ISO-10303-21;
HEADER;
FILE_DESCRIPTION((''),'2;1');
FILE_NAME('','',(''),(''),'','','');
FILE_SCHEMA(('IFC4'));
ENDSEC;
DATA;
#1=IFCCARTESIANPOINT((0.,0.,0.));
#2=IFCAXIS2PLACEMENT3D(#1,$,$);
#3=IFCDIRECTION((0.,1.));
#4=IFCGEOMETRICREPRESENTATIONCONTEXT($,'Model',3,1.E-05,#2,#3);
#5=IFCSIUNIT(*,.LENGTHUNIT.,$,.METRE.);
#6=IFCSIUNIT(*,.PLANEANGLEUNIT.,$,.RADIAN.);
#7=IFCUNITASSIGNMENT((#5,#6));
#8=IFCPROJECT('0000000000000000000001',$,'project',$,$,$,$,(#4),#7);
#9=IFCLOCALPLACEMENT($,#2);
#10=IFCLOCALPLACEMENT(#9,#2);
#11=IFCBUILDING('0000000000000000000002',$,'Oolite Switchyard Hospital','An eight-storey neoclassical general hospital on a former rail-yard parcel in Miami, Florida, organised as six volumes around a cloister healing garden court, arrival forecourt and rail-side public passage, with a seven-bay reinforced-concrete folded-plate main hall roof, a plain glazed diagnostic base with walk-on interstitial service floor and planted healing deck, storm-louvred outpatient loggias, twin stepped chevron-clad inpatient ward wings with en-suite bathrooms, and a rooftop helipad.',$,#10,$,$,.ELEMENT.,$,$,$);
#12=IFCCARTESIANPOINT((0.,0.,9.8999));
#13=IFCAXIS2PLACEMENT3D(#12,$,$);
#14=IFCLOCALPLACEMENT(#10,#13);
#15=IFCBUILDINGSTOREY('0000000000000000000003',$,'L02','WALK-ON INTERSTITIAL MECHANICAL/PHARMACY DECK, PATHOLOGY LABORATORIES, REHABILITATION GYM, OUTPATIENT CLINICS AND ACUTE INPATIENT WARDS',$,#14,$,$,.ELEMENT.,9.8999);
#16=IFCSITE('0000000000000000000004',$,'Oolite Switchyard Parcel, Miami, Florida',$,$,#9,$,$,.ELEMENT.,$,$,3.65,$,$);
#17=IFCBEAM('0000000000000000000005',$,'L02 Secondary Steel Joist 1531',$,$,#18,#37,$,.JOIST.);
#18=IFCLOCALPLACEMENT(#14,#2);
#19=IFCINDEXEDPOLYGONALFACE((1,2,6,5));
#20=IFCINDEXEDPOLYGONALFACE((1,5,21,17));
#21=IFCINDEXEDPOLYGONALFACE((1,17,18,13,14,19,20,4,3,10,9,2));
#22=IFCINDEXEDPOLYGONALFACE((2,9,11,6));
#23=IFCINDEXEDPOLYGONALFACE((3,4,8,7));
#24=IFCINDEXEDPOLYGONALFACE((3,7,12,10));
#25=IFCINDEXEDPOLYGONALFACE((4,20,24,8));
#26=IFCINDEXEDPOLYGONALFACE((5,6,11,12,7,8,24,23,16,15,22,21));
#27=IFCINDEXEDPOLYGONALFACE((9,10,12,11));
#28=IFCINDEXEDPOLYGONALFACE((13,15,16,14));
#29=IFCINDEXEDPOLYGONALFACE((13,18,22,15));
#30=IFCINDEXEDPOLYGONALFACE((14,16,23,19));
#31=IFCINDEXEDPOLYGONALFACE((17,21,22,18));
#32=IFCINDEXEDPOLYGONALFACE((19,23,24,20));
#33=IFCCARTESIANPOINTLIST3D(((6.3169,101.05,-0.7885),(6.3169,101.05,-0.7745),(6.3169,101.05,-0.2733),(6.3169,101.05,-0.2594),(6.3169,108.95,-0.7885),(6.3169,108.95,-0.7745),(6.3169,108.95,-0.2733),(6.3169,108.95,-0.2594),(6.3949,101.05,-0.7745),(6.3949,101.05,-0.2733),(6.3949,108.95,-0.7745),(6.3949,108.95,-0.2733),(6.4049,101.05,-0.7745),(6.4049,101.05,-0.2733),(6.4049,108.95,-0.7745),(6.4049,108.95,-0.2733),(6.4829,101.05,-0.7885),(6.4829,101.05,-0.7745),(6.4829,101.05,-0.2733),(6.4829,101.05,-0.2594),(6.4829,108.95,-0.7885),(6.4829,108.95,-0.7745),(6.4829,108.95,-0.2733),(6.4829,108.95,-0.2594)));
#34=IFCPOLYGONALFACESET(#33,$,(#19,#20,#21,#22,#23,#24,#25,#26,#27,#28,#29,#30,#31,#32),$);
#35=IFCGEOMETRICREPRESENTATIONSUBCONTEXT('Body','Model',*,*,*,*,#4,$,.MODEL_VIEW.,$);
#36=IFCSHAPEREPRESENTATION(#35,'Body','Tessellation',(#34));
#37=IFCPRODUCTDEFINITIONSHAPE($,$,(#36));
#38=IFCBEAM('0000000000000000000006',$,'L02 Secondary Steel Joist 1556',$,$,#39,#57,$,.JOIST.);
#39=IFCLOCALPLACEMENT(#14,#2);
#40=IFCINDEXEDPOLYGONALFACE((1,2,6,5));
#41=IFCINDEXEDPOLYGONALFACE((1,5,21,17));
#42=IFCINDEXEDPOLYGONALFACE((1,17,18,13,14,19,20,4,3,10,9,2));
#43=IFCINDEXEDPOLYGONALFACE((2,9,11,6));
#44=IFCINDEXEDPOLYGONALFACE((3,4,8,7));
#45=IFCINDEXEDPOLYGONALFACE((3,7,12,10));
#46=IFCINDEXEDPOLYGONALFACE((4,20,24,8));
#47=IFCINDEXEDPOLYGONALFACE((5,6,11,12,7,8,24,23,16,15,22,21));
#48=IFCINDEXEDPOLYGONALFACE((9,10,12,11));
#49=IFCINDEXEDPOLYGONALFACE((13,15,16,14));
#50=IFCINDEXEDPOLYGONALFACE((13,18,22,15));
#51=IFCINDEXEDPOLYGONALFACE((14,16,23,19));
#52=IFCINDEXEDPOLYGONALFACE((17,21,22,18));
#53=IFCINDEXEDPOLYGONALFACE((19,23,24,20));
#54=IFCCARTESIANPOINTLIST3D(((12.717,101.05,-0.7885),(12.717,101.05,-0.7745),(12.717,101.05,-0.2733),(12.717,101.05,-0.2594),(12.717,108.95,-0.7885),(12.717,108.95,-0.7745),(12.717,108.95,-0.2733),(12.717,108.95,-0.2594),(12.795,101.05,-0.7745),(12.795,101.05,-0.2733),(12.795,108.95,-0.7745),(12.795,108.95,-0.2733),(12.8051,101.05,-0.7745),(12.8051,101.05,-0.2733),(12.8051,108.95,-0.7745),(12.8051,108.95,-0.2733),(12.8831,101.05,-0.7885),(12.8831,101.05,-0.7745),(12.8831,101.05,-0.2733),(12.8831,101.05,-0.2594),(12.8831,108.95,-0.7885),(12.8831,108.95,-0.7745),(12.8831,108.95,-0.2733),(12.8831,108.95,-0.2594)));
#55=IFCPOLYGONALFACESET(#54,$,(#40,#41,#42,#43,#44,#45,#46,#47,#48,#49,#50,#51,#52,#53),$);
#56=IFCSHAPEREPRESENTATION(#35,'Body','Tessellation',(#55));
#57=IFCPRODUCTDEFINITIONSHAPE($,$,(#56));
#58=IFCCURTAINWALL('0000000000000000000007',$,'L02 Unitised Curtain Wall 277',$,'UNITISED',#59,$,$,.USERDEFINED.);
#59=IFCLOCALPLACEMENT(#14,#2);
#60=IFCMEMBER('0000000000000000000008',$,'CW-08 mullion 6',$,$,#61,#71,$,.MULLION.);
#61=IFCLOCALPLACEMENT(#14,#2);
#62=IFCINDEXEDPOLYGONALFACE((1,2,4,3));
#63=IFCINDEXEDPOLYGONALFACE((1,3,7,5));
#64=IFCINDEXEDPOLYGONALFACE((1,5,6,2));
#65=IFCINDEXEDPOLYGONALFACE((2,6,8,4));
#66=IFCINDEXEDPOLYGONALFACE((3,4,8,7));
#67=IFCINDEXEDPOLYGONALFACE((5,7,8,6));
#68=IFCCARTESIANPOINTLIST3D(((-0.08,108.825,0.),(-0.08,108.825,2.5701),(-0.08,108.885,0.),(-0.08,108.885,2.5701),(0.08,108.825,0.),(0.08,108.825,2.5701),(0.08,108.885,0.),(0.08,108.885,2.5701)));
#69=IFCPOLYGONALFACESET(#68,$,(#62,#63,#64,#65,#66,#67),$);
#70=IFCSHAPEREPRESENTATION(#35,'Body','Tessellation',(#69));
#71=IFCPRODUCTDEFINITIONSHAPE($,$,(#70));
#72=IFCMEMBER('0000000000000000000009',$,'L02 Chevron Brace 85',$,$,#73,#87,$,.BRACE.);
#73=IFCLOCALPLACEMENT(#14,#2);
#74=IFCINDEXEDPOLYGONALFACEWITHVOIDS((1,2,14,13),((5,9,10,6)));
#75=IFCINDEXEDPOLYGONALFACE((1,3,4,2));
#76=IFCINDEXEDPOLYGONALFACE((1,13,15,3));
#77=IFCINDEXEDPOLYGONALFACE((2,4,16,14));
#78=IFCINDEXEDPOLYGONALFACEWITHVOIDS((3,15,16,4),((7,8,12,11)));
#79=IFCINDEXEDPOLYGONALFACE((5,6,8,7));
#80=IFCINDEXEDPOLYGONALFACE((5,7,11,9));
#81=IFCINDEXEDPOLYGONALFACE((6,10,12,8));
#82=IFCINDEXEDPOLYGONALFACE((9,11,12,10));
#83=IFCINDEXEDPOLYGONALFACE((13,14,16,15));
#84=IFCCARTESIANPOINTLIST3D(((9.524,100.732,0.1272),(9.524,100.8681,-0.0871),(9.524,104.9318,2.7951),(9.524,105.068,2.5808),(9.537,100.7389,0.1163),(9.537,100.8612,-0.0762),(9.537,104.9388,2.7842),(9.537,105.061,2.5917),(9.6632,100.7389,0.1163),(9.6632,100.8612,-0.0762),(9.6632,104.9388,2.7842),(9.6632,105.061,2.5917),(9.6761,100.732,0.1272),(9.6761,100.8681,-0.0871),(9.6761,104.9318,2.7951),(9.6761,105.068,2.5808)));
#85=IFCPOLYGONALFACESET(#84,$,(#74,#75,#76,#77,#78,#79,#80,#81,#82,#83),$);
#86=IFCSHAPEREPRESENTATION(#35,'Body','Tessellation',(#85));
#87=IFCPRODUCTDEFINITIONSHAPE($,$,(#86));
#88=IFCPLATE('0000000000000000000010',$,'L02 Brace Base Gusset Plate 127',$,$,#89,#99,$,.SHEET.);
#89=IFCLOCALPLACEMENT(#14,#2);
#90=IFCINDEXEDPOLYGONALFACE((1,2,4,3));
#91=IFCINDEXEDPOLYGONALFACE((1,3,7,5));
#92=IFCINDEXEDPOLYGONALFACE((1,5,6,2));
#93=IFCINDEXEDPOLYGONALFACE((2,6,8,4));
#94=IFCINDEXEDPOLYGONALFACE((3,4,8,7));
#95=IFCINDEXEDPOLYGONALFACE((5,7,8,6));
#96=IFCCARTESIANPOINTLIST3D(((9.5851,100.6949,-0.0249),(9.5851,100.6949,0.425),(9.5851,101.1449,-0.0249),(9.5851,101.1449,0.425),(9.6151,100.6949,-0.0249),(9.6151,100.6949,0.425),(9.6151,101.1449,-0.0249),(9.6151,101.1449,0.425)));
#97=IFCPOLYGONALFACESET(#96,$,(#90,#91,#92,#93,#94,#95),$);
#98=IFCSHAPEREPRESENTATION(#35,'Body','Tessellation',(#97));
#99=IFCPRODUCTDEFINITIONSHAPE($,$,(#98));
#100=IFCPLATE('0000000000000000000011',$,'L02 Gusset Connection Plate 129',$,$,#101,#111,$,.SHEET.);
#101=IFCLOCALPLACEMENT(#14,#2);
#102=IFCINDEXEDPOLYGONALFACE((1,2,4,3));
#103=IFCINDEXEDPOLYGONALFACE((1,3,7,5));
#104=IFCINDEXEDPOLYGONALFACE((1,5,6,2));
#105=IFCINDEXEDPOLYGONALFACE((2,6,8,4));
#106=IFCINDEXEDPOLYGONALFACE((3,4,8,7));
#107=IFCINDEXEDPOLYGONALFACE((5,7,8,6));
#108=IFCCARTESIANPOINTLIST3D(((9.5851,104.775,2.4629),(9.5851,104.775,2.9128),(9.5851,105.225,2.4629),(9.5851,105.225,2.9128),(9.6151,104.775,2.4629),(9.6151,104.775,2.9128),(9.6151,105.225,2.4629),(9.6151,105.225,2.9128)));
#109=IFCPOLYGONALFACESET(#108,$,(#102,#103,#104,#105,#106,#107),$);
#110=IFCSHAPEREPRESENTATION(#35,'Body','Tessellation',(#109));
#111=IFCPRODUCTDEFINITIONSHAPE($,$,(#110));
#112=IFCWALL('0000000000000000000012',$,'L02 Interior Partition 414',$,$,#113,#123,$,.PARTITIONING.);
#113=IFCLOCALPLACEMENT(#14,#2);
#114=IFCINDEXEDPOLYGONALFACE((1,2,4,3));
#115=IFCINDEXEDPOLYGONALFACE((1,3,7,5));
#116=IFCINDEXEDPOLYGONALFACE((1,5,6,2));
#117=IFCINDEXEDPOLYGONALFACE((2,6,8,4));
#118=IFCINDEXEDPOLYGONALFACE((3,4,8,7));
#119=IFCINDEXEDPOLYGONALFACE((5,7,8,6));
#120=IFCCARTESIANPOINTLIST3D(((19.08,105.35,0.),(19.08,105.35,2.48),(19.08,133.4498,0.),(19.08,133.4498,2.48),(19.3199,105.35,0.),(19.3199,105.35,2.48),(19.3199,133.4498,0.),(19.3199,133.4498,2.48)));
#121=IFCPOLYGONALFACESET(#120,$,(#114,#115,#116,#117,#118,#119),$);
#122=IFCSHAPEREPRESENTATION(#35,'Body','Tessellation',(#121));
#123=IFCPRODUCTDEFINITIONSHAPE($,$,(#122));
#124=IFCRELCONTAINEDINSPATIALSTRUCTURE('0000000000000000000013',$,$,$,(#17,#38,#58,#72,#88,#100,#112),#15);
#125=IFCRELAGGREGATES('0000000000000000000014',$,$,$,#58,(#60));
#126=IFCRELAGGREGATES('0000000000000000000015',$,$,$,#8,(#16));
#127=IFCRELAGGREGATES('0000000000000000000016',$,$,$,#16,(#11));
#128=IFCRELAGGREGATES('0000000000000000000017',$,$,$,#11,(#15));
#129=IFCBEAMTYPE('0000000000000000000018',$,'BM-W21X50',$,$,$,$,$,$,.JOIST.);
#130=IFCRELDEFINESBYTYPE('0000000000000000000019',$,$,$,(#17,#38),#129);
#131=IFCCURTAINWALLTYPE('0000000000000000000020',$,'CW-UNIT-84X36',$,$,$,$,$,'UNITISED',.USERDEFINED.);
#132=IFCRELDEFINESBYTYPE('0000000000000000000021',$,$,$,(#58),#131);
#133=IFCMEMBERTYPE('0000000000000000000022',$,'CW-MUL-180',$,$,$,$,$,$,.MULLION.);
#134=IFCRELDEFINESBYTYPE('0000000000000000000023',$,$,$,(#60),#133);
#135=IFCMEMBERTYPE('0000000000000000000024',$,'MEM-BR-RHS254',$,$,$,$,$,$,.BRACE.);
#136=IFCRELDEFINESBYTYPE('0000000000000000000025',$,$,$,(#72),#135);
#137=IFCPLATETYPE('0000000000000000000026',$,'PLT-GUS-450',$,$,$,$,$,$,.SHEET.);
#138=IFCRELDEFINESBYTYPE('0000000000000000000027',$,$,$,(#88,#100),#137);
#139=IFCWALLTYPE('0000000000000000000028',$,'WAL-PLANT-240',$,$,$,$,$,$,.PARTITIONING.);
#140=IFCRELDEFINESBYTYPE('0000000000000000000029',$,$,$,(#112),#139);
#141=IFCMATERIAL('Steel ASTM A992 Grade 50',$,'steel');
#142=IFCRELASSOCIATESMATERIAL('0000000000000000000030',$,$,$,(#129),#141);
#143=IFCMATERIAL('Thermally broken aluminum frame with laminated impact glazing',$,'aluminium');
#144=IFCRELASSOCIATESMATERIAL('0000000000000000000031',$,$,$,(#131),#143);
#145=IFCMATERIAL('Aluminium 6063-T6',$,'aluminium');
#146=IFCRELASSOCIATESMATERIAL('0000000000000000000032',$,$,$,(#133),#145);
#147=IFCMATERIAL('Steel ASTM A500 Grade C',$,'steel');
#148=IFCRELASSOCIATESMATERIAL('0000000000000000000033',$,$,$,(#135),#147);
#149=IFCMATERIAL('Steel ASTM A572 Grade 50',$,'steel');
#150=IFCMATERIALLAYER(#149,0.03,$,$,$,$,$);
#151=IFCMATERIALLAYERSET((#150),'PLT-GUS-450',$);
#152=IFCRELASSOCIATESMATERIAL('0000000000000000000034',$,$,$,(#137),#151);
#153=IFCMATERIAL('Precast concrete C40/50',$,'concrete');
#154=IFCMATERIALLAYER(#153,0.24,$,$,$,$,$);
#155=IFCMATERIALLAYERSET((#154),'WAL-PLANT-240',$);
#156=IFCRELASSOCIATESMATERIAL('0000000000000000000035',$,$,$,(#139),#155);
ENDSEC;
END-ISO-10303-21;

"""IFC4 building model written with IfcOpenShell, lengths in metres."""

from ifc_helpers import new_model, si_unit, direction, frame, frame_2d, origin, origin_2d, place, context, subcontext, project, spatial, rectangle, hollow_rectangle, i_section, extrude, material, layer, layer_set, material_profile, profile_set, type_object, element, aggregate, save


model = new_model("IFC4")

# Units and contexts
model_context = context("Model", 3, precision=1e-05, world=origin(), true_north=direction((0.0, 1.0)))
body_context = subcontext(model_context, "Body", "Model", "MODEL_VIEW")
ifc_project = project(units=[si_unit("LENGTHUNIT", "METRE"), si_unit("PLANEANGLEUNIT", "RADIAN")], contexts=[model_context])

# Site, building, storey
site_placement = place(None, origin())
site = spatial("IfcSite", under=ifc_project, at=site_placement, Name="Oolite Switchyard Parcel, Miami, Florida", CompositionType="ELEMENT", RefElevation=3.65)
building_placement = place(site_placement, origin())
building = spatial("IfcBuilding", under=site, at=building_placement, Name="Oolite Switchyard Hospital", Description="An eight-storey neoclassical general hospital on a former rail-yard parcel in Miami, Florida, organised as six volumes around a cloister healing garden court, arrival forecourt and rail-side public passage, with a seven-bay reinforced-concrete folded-plate main hall roof, a plain glazed diagnostic base with walk-on interstitial service floor and planted healing deck, storm-louvred outpatient loggias, twin stepped chevron-clad inpatient ward wings with en-suite bathrooms, and a rooftop helipad.", CompositionType="ELEMENT")
storey_placement = place(building_placement, frame((0.0, 0.0, 9.8999)))
storey = spatial("IfcBuildingStorey", under=building, at=storey_placement, Name="L02", Description="WALK-ON INTERSTITIAL MECHANICAL/PHARMACY DECK, PATHOLOGY LABORATORIES, REHABILITATION GYM, OUTPATIENT CLINICS AND ACUTE INPATIENT WARDS", CompositionType="ELEMENT", Elevation=9.8999)

# Beams
ifc_material_1 = material(Name="Steel ASTM A992 Grade 50", Category="steel")
ifc_material_profile_1 = material_profile(ifc_material_1, i_section(OverallWidth=0.166, OverallDepth=0.5291, WebThickness=0.01, FlangeThickness=0.0139, at=origin_2d()), Name="W21X50")
ifc_profile_set_1 = profile_set([ifc_material_profile_1], Name="Steel ASTM A992 Grade 50")
beam_type_1 = type_object("IfcBeamType", Name="BM-W21X50", PredefinedType="JOIST", material=ifc_profile_set_1)
for number, where, z_axis, x_axis, name in (
    (1, (6.3999, 101.05, -0.5239), (0.0, 1.0, 0.0), (-1.0, 0.0, 0.0), "L02 Secondary Steel Joist 1531"),
    (2, (12.8, 101.05, -0.5239), (0.0, 1.0, 0.0), (-1.0, 0.0, 0.0), "L02 Secondary Steel Joist 1556"),
):
    element("IfcBeam", number, at=place(storey_placement, frame(where, z_axis=z_axis, x_axis=x_axis)), inside=storey, type_object=beam_type_1, Name=name, PredefinedType="JOIST", context=body_context, shape_type="SweptSolid", body=[
        extrude(i_section(OverallWidth=0.166, OverallDepth=0.5291, WebThickness=0.01, FlangeThickness=0.0139, at=origin_2d()), origin(), (0.0, 0.0, 1.0), 7.8999),
    ])

# Curtain wall, member
ifc_material_2 = material(Name="Thermally broken aluminum frame with laminated impact glazing", Category="aluminium")
curtain_wall_type = type_object("IfcCurtainWallType", Name="CW-UNIT-84X36", ElementType="UNITISED", PredefinedType="USERDEFINED", material=ifc_material_2)
curtain_wall_placement = place(storey_placement, origin())
curtain_wall = element("IfcCurtainWall", 3, at=curtain_wall_placement, inside=storey, type_object=curtain_wall_type, Name="L02 Unitised Curtain Wall 277", ObjectType="UNITISED", PredefinedType="USERDEFINED")
ifc_material_3 = material(Name="Aluminium 6063-T6", Category="aluminium")
ifc_material_profile_2 = material_profile(ifc_material_3, rectangle(XDim=0.1599, YDim=0.0601, at=origin_2d()), Name="CWM60X160")
ifc_profile_set_2 = profile_set([ifc_material_profile_2], Name="Aluminium 6063-T6")
member_type_1 = type_object("IfcMemberType", Name="CW-MUL-180", PredefinedType="MULLION", material=ifc_profile_set_2)
member_1_placement = place(storey_placement, frame((0.0, 108.855, 0.0), z_axis=(0.0, 0.0, 1.0), x_axis=(-1.0, 0.0, 0.0)))
member_1 = element("IfcMember", 4, at=member_1_placement, type_object=member_type_1, Name="CW-08 mullion 6", PredefinedType="MULLION", context=body_context, shape_type="SweptSolid", body=[
    extrude(rectangle(XDim=0.1599, YDim=0.0601, at=origin_2d()), origin(), (0.0, 0.0, 1.0), 2.5701),
])
aggregate(curtain_wall, [member_1])

# Member
ifc_material_4 = material(Name="Steel ASTM A500 Grade C", Category="steel")
ifc_material_profile_3 = material_profile(ifc_material_4, hollow_rectangle(XDim=0.1521, YDim=0.2539, WallThickness=0.0129, at=origin_2d()), Name="HSS254X152X13")
ifc_profile_set_3 = profile_set([ifc_material_profile_3], Name="Steel ASTM A500 Grade C")
member_type_2 = type_object("IfcMemberType", Name="MEM-BR-RHS254", PredefinedType="BRACE", material=ifc_profile_set_3)
member_2_placement = place(storey_placement, frame((9.6001, 100.8, 0.02), z_axis=(0.0, 0.844092, 0.536199), x_axis=(-1.0, 0.0, 0.0)))
element("IfcMember", 5, at=member_2_placement, inside=storey, type_object=member_type_2, Name="L02 Chevron Brace 85", PredefinedType="BRACE", context=body_context, shape_type="SweptSolid", body=[
    extrude(hollow_rectangle(XDim=0.1521, YDim=0.2539, WallThickness=0.0129, at=origin_2d()), origin(), (0.0, 0.0, 1.0), 4.9756),
])

# Plates
ifc_material_5 = material(Name="Steel ASTM A572 Grade 50", Category="steel")
ifc_layer_1 = layer(ifc_material_5, 0.03)
ifc_layer_set_1 = layer_set([ifc_layer_1], Name="PLT-GUS-450")
plate_type = type_object("IfcPlateType", Name="PLT-GUS-450", PredefinedType="SHEET", material=ifc_layer_set_1)
for number, where, z_axis, x_axis, name in (
    (6, (9.6001, 100.9199, -0.0249), (0.0, 0.0, 1.0), (0.0, 1.0, 0.0), "L02 Brace Base Gusset Plate 127"),
    (7, (9.6001, 105.0, 2.4629), (0.0, 0.0, 1.0), (0.0, 1.0, 0.0), "L02 Gusset Connection Plate 129"),
):
    element("IfcPlate", number, at=place(storey_placement, frame(where, z_axis=z_axis, x_axis=x_axis)), inside=storey, type_object=plate_type, Name=name, PredefinedType="SHEET", context=body_context, shape_type="SweptSolid", body=[
        extrude(rectangle(XDim=0.45, YDim=0.03, at=origin_2d()), origin(), (0.0, 0.0, 1.0), 0.45),
    ])

# Shared definitions
ifc_material_6 = material(Name="Precast concrete C40/50", Category="concrete")
ifc_layer_2 = layer(ifc_material_6, 0.24)
ifc_layer_set_2 = layer_set([ifc_layer_2], Name="WAL-PLANT-240")
wall_type = type_object("IfcWallType", Name="WAL-PLANT-240", PredefinedType="PARTITIONING", material=ifc_layer_set_2)

# Wall
wall_1_placement = place(storey_placement, frame((19.2, 105.3501, 0.0), z_axis=(0.0, 0.0, 1.0), x_axis=(0.0, 1.0, 0.0)))
element("IfcWall", 8, at=wall_1_placement, inside=storey, type_object=wall_type, Name="L02 Interior Partition 414", PredefinedType="PARTITIONING", context=body_context, shape_type="SweptSolid", body=[
    extrude(rectangle(XDim=28.0999, YDim=0.24, at=frame_2d((14.0498, 0.0))), origin(), (0.0, 0.0, 1.0), 2.48),
])

save(model, "model.ifc")
